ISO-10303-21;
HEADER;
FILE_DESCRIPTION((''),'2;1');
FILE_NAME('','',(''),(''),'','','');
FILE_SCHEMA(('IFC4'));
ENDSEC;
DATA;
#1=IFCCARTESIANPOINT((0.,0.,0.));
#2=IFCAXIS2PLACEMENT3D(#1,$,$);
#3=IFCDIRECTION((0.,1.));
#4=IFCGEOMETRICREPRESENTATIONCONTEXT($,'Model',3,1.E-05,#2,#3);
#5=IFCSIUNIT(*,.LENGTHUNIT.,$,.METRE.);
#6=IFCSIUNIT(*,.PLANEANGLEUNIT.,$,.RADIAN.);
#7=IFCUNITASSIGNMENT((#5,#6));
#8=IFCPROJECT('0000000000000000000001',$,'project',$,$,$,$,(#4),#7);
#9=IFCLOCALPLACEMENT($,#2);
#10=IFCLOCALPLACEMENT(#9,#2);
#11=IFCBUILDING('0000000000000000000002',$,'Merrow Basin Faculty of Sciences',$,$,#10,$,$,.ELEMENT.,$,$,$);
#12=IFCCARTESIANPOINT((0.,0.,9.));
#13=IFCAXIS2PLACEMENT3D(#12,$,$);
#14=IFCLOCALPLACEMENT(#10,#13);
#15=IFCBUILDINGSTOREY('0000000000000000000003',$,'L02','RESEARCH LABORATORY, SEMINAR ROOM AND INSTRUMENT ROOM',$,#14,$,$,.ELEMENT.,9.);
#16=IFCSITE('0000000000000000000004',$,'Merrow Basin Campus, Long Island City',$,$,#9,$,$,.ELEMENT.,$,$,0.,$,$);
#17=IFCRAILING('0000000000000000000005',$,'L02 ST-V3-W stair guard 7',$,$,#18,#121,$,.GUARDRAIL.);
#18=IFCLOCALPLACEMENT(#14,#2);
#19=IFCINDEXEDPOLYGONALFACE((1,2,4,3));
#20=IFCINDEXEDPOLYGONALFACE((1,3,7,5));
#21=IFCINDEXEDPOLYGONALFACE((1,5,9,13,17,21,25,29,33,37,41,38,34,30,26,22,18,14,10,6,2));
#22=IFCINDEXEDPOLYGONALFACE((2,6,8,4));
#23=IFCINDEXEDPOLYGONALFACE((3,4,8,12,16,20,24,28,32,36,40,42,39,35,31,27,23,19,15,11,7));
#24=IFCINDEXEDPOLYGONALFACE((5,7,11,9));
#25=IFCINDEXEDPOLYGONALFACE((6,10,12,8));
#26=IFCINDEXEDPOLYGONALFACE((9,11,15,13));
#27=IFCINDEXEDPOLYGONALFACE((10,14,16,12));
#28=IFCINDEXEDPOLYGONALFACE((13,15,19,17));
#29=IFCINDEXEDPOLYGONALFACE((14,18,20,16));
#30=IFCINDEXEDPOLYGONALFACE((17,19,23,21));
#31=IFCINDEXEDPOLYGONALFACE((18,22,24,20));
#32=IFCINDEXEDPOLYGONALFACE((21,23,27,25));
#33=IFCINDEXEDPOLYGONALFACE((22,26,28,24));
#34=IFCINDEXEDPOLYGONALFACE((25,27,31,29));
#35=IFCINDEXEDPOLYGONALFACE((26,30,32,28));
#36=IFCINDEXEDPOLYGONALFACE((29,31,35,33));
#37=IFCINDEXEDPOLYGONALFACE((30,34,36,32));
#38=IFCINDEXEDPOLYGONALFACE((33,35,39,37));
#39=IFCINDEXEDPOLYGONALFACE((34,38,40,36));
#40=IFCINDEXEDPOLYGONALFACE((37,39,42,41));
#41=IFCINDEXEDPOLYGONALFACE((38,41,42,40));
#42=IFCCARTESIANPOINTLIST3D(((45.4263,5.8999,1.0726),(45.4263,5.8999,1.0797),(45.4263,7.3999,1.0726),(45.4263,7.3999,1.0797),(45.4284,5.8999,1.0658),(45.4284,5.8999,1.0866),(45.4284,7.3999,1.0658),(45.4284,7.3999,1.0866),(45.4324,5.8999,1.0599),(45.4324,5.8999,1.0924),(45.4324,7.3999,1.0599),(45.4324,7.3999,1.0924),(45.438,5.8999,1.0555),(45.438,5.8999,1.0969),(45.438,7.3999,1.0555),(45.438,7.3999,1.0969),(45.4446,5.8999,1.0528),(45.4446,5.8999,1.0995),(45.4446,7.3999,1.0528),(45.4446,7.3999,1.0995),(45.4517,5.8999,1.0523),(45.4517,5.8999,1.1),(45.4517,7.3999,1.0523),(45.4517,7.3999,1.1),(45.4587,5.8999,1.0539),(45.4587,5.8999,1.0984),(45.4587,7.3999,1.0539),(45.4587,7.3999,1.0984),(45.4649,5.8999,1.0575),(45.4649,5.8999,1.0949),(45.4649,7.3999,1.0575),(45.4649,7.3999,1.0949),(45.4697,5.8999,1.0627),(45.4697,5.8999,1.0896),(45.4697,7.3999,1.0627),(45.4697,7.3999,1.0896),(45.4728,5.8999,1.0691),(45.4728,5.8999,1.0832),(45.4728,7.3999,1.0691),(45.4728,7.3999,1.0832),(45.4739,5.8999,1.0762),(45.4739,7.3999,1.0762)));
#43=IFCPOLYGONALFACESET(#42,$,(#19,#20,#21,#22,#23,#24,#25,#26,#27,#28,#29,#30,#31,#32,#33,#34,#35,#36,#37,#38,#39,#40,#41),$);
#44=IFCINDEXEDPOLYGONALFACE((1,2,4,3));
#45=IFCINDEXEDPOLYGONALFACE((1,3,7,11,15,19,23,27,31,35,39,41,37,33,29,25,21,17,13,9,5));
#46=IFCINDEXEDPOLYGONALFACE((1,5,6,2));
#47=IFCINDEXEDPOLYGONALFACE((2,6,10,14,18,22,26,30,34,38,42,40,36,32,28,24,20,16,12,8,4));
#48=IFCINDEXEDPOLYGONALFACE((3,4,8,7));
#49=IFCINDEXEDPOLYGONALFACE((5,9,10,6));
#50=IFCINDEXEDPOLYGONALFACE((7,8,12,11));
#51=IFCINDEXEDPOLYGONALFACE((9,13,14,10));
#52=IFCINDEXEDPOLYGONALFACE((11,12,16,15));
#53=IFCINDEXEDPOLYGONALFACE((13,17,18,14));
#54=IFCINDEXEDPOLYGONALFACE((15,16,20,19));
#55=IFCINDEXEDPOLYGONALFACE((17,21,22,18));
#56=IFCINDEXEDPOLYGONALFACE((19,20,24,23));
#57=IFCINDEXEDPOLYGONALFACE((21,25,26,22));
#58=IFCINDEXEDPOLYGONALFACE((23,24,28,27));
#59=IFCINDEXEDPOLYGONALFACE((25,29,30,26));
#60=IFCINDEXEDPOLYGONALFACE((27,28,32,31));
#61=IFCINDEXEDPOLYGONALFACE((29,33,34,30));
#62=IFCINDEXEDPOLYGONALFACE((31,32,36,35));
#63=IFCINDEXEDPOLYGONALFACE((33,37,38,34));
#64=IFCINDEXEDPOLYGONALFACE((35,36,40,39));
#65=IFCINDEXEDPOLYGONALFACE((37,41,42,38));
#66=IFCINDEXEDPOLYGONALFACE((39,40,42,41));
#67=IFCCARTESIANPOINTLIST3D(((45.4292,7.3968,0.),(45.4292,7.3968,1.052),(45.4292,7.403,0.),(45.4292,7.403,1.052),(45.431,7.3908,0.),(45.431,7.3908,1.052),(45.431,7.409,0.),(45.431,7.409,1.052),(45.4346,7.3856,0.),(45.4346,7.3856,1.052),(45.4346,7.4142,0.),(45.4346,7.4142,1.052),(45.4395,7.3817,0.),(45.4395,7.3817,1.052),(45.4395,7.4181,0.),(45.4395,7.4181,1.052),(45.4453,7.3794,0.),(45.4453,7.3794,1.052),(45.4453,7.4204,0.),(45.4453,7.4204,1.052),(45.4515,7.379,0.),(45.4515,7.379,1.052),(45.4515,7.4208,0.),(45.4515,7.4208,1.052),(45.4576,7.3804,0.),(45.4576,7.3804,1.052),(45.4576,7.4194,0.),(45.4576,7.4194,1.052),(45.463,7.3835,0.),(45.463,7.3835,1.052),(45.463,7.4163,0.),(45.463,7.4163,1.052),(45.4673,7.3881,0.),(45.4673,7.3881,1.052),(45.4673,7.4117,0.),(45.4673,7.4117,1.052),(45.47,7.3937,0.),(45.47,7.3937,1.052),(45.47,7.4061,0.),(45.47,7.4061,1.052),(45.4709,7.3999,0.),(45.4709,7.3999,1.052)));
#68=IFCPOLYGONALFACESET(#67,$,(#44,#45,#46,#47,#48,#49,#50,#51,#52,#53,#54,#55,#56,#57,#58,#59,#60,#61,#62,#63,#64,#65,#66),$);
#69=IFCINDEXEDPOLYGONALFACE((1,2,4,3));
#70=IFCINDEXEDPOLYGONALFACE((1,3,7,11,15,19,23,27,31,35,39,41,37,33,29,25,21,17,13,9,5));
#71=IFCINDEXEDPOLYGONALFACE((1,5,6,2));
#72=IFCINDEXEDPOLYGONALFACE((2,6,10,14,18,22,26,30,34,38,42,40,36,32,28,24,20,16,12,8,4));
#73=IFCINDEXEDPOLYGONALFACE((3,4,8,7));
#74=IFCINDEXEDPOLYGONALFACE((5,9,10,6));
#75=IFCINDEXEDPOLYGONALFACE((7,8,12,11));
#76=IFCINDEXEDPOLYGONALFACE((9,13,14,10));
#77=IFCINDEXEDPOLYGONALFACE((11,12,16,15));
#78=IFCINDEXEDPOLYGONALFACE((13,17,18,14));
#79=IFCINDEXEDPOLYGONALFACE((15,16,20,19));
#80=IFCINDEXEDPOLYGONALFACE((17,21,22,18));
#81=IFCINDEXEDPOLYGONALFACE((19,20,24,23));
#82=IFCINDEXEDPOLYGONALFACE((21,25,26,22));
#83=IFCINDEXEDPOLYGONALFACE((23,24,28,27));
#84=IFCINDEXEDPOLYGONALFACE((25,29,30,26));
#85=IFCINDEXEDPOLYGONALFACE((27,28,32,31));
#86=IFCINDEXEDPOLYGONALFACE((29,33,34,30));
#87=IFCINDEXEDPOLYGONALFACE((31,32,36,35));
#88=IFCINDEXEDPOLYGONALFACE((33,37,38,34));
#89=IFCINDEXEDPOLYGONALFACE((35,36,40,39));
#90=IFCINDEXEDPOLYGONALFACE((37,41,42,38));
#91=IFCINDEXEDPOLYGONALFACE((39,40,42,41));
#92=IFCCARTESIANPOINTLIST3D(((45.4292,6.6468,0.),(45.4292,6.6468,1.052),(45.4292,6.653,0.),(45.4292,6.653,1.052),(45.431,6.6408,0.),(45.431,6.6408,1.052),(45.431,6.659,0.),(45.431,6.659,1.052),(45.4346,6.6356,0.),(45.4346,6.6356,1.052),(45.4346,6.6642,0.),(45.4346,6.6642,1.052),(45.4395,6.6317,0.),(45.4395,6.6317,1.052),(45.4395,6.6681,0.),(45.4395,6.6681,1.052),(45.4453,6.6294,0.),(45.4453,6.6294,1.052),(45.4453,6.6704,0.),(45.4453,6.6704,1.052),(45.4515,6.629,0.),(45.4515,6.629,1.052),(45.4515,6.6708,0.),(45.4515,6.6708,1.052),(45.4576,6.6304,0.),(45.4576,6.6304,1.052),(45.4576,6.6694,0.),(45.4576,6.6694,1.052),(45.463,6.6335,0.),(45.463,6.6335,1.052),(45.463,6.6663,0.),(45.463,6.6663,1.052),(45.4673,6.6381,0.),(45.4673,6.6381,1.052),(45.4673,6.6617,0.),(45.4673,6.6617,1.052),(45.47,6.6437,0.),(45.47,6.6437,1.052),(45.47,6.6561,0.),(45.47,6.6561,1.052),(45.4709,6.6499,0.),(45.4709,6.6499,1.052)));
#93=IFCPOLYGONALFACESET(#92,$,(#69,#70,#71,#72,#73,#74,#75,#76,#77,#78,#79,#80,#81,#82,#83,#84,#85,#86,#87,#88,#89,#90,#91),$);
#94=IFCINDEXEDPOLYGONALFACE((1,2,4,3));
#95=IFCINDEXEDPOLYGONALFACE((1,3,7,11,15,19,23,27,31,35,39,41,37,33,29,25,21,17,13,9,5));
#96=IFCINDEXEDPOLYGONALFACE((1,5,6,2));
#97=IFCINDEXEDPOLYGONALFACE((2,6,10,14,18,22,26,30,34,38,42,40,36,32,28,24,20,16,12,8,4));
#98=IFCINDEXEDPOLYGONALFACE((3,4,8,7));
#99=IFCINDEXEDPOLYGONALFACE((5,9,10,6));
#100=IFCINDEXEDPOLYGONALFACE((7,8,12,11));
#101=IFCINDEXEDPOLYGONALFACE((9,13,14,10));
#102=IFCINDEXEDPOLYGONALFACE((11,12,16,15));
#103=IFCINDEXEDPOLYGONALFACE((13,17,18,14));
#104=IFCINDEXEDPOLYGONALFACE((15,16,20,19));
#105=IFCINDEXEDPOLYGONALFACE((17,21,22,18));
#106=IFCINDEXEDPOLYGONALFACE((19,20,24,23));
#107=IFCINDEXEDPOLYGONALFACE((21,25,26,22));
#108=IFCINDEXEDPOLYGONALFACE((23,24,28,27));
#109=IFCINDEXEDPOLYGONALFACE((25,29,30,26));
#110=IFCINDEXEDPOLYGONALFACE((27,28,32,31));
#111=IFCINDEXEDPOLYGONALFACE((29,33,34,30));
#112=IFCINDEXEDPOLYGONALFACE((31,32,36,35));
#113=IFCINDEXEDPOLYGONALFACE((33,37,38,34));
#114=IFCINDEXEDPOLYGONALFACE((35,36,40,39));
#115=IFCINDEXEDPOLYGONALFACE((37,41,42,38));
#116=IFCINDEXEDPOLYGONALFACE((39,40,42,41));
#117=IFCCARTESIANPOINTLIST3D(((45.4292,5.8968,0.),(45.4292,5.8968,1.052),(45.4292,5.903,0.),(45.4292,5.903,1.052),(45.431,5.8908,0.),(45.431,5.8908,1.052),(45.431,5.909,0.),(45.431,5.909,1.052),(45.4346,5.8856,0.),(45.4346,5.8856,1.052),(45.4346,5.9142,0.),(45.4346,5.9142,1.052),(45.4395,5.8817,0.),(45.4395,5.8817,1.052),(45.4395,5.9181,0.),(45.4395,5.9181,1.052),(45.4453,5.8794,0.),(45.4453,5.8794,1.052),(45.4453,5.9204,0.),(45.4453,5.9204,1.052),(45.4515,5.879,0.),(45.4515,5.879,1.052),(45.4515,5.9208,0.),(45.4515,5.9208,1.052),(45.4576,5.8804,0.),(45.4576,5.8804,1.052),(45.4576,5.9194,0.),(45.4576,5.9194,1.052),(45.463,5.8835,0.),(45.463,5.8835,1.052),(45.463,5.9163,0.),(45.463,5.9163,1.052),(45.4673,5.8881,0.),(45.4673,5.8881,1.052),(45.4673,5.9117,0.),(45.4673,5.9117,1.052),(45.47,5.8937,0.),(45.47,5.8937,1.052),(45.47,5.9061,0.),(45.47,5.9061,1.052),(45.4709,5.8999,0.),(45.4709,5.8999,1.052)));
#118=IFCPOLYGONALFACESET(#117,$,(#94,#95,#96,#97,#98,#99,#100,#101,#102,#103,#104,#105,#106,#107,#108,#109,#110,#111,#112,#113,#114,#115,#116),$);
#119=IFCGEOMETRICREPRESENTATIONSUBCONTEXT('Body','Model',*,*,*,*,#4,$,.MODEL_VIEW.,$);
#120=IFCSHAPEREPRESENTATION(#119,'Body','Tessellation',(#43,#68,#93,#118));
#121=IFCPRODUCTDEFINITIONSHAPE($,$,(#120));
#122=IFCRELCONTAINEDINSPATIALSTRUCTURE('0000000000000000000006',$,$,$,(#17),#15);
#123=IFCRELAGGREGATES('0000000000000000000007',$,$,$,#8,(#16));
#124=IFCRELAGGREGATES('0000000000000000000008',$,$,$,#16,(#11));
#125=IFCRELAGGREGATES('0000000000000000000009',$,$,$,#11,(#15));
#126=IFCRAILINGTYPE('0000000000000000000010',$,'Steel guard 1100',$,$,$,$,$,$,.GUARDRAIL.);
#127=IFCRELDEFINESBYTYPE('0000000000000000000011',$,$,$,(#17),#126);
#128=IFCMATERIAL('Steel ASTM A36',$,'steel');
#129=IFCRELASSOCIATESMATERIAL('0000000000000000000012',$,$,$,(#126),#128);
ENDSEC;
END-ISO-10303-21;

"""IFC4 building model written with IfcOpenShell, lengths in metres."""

from ifc_helpers import new_model, si_unit, direction, frame, origin, origin_2d, place, context, subcontext, project, spatial, circle, extrude, material, type_object, element, save


model = new_model("IFC4")

# Units and contexts
model_context = context("Model", 3, precision=1e-05, world=origin(), true_north=direction((0.0, 1.0)))
body_context = subcontext(model_context, "Body", "Model", "MODEL_VIEW")
ifc_project = project(units=[si_unit("LENGTHUNIT", "METRE"), si_unit("PLANEANGLEUNIT", "RADIAN")], contexts=[model_context])

# Site, building, storey
site_placement = place(None, origin())
site = spatial("IfcSite", under=ifc_project, at=site_placement, Name="Merrow Basin Campus, Long Island City", CompositionType="ELEMENT", RefElevation=0.0)
building_placement = place(site_placement, origin())
building = spatial("IfcBuilding", under=site, at=building_placement, Name="Merrow Basin Faculty of Sciences", CompositionType="ELEMENT")
storey_placement = place(building_placement, frame((0.0, 0.0, 9.0)))
storey = spatial("IfcBuildingStorey", under=building, at=storey_placement, Name="L02", Description="RESEARCH LABORATORY, SEMINAR ROOM AND INSTRUMENT ROOM", CompositionType="ELEMENT", Elevation=9.0)

# Railing
ifc_material_1 = material(Name="Steel ASTM A36", Category="steel")
railing_type_1 = type_object("IfcRailingType", Name="Steel guard 1100", PredefinedType="GUARDRAIL", material=ifc_material_1)
railing_1_placement = place(storey_placement, frame((45.45, 7.3999, 0.0)))
element("IfcRailing", 1, at=railing_1_placement, inside=storey, type_object=railing_type_1, Name="L02 ST-V3-W stair guard 7", PredefinedType="GUARDRAIL", context=body_context, shape_type="SweptSolid", body=[
    extrude(circle(Radius=0.0239, at=origin_2d()), frame((0.0, 0.0, 1.0762), z_axis=(0.0, -1.0, 0.0), x_axis=(1.0, 0.0, 0.0)), (0.0, 0.0, 1.0), 1.5),
    extrude(circle(Radius=0.021, at=origin_2d()), origin(), (0.0, 0.0, 1.0), 1.052),
    extrude(circle(Radius=0.021, at=origin_2d()), frame((0.0, -0.75, 0.0)), (0.0, 0.0, 1.0), 1.052),
    extrude(circle(Radius=0.021, at=origin_2d()), frame((0.0, -1.5, 0.0)), (0.0, 0.0, 1.0), 1.052),
])

save(model, "model.ifc")
